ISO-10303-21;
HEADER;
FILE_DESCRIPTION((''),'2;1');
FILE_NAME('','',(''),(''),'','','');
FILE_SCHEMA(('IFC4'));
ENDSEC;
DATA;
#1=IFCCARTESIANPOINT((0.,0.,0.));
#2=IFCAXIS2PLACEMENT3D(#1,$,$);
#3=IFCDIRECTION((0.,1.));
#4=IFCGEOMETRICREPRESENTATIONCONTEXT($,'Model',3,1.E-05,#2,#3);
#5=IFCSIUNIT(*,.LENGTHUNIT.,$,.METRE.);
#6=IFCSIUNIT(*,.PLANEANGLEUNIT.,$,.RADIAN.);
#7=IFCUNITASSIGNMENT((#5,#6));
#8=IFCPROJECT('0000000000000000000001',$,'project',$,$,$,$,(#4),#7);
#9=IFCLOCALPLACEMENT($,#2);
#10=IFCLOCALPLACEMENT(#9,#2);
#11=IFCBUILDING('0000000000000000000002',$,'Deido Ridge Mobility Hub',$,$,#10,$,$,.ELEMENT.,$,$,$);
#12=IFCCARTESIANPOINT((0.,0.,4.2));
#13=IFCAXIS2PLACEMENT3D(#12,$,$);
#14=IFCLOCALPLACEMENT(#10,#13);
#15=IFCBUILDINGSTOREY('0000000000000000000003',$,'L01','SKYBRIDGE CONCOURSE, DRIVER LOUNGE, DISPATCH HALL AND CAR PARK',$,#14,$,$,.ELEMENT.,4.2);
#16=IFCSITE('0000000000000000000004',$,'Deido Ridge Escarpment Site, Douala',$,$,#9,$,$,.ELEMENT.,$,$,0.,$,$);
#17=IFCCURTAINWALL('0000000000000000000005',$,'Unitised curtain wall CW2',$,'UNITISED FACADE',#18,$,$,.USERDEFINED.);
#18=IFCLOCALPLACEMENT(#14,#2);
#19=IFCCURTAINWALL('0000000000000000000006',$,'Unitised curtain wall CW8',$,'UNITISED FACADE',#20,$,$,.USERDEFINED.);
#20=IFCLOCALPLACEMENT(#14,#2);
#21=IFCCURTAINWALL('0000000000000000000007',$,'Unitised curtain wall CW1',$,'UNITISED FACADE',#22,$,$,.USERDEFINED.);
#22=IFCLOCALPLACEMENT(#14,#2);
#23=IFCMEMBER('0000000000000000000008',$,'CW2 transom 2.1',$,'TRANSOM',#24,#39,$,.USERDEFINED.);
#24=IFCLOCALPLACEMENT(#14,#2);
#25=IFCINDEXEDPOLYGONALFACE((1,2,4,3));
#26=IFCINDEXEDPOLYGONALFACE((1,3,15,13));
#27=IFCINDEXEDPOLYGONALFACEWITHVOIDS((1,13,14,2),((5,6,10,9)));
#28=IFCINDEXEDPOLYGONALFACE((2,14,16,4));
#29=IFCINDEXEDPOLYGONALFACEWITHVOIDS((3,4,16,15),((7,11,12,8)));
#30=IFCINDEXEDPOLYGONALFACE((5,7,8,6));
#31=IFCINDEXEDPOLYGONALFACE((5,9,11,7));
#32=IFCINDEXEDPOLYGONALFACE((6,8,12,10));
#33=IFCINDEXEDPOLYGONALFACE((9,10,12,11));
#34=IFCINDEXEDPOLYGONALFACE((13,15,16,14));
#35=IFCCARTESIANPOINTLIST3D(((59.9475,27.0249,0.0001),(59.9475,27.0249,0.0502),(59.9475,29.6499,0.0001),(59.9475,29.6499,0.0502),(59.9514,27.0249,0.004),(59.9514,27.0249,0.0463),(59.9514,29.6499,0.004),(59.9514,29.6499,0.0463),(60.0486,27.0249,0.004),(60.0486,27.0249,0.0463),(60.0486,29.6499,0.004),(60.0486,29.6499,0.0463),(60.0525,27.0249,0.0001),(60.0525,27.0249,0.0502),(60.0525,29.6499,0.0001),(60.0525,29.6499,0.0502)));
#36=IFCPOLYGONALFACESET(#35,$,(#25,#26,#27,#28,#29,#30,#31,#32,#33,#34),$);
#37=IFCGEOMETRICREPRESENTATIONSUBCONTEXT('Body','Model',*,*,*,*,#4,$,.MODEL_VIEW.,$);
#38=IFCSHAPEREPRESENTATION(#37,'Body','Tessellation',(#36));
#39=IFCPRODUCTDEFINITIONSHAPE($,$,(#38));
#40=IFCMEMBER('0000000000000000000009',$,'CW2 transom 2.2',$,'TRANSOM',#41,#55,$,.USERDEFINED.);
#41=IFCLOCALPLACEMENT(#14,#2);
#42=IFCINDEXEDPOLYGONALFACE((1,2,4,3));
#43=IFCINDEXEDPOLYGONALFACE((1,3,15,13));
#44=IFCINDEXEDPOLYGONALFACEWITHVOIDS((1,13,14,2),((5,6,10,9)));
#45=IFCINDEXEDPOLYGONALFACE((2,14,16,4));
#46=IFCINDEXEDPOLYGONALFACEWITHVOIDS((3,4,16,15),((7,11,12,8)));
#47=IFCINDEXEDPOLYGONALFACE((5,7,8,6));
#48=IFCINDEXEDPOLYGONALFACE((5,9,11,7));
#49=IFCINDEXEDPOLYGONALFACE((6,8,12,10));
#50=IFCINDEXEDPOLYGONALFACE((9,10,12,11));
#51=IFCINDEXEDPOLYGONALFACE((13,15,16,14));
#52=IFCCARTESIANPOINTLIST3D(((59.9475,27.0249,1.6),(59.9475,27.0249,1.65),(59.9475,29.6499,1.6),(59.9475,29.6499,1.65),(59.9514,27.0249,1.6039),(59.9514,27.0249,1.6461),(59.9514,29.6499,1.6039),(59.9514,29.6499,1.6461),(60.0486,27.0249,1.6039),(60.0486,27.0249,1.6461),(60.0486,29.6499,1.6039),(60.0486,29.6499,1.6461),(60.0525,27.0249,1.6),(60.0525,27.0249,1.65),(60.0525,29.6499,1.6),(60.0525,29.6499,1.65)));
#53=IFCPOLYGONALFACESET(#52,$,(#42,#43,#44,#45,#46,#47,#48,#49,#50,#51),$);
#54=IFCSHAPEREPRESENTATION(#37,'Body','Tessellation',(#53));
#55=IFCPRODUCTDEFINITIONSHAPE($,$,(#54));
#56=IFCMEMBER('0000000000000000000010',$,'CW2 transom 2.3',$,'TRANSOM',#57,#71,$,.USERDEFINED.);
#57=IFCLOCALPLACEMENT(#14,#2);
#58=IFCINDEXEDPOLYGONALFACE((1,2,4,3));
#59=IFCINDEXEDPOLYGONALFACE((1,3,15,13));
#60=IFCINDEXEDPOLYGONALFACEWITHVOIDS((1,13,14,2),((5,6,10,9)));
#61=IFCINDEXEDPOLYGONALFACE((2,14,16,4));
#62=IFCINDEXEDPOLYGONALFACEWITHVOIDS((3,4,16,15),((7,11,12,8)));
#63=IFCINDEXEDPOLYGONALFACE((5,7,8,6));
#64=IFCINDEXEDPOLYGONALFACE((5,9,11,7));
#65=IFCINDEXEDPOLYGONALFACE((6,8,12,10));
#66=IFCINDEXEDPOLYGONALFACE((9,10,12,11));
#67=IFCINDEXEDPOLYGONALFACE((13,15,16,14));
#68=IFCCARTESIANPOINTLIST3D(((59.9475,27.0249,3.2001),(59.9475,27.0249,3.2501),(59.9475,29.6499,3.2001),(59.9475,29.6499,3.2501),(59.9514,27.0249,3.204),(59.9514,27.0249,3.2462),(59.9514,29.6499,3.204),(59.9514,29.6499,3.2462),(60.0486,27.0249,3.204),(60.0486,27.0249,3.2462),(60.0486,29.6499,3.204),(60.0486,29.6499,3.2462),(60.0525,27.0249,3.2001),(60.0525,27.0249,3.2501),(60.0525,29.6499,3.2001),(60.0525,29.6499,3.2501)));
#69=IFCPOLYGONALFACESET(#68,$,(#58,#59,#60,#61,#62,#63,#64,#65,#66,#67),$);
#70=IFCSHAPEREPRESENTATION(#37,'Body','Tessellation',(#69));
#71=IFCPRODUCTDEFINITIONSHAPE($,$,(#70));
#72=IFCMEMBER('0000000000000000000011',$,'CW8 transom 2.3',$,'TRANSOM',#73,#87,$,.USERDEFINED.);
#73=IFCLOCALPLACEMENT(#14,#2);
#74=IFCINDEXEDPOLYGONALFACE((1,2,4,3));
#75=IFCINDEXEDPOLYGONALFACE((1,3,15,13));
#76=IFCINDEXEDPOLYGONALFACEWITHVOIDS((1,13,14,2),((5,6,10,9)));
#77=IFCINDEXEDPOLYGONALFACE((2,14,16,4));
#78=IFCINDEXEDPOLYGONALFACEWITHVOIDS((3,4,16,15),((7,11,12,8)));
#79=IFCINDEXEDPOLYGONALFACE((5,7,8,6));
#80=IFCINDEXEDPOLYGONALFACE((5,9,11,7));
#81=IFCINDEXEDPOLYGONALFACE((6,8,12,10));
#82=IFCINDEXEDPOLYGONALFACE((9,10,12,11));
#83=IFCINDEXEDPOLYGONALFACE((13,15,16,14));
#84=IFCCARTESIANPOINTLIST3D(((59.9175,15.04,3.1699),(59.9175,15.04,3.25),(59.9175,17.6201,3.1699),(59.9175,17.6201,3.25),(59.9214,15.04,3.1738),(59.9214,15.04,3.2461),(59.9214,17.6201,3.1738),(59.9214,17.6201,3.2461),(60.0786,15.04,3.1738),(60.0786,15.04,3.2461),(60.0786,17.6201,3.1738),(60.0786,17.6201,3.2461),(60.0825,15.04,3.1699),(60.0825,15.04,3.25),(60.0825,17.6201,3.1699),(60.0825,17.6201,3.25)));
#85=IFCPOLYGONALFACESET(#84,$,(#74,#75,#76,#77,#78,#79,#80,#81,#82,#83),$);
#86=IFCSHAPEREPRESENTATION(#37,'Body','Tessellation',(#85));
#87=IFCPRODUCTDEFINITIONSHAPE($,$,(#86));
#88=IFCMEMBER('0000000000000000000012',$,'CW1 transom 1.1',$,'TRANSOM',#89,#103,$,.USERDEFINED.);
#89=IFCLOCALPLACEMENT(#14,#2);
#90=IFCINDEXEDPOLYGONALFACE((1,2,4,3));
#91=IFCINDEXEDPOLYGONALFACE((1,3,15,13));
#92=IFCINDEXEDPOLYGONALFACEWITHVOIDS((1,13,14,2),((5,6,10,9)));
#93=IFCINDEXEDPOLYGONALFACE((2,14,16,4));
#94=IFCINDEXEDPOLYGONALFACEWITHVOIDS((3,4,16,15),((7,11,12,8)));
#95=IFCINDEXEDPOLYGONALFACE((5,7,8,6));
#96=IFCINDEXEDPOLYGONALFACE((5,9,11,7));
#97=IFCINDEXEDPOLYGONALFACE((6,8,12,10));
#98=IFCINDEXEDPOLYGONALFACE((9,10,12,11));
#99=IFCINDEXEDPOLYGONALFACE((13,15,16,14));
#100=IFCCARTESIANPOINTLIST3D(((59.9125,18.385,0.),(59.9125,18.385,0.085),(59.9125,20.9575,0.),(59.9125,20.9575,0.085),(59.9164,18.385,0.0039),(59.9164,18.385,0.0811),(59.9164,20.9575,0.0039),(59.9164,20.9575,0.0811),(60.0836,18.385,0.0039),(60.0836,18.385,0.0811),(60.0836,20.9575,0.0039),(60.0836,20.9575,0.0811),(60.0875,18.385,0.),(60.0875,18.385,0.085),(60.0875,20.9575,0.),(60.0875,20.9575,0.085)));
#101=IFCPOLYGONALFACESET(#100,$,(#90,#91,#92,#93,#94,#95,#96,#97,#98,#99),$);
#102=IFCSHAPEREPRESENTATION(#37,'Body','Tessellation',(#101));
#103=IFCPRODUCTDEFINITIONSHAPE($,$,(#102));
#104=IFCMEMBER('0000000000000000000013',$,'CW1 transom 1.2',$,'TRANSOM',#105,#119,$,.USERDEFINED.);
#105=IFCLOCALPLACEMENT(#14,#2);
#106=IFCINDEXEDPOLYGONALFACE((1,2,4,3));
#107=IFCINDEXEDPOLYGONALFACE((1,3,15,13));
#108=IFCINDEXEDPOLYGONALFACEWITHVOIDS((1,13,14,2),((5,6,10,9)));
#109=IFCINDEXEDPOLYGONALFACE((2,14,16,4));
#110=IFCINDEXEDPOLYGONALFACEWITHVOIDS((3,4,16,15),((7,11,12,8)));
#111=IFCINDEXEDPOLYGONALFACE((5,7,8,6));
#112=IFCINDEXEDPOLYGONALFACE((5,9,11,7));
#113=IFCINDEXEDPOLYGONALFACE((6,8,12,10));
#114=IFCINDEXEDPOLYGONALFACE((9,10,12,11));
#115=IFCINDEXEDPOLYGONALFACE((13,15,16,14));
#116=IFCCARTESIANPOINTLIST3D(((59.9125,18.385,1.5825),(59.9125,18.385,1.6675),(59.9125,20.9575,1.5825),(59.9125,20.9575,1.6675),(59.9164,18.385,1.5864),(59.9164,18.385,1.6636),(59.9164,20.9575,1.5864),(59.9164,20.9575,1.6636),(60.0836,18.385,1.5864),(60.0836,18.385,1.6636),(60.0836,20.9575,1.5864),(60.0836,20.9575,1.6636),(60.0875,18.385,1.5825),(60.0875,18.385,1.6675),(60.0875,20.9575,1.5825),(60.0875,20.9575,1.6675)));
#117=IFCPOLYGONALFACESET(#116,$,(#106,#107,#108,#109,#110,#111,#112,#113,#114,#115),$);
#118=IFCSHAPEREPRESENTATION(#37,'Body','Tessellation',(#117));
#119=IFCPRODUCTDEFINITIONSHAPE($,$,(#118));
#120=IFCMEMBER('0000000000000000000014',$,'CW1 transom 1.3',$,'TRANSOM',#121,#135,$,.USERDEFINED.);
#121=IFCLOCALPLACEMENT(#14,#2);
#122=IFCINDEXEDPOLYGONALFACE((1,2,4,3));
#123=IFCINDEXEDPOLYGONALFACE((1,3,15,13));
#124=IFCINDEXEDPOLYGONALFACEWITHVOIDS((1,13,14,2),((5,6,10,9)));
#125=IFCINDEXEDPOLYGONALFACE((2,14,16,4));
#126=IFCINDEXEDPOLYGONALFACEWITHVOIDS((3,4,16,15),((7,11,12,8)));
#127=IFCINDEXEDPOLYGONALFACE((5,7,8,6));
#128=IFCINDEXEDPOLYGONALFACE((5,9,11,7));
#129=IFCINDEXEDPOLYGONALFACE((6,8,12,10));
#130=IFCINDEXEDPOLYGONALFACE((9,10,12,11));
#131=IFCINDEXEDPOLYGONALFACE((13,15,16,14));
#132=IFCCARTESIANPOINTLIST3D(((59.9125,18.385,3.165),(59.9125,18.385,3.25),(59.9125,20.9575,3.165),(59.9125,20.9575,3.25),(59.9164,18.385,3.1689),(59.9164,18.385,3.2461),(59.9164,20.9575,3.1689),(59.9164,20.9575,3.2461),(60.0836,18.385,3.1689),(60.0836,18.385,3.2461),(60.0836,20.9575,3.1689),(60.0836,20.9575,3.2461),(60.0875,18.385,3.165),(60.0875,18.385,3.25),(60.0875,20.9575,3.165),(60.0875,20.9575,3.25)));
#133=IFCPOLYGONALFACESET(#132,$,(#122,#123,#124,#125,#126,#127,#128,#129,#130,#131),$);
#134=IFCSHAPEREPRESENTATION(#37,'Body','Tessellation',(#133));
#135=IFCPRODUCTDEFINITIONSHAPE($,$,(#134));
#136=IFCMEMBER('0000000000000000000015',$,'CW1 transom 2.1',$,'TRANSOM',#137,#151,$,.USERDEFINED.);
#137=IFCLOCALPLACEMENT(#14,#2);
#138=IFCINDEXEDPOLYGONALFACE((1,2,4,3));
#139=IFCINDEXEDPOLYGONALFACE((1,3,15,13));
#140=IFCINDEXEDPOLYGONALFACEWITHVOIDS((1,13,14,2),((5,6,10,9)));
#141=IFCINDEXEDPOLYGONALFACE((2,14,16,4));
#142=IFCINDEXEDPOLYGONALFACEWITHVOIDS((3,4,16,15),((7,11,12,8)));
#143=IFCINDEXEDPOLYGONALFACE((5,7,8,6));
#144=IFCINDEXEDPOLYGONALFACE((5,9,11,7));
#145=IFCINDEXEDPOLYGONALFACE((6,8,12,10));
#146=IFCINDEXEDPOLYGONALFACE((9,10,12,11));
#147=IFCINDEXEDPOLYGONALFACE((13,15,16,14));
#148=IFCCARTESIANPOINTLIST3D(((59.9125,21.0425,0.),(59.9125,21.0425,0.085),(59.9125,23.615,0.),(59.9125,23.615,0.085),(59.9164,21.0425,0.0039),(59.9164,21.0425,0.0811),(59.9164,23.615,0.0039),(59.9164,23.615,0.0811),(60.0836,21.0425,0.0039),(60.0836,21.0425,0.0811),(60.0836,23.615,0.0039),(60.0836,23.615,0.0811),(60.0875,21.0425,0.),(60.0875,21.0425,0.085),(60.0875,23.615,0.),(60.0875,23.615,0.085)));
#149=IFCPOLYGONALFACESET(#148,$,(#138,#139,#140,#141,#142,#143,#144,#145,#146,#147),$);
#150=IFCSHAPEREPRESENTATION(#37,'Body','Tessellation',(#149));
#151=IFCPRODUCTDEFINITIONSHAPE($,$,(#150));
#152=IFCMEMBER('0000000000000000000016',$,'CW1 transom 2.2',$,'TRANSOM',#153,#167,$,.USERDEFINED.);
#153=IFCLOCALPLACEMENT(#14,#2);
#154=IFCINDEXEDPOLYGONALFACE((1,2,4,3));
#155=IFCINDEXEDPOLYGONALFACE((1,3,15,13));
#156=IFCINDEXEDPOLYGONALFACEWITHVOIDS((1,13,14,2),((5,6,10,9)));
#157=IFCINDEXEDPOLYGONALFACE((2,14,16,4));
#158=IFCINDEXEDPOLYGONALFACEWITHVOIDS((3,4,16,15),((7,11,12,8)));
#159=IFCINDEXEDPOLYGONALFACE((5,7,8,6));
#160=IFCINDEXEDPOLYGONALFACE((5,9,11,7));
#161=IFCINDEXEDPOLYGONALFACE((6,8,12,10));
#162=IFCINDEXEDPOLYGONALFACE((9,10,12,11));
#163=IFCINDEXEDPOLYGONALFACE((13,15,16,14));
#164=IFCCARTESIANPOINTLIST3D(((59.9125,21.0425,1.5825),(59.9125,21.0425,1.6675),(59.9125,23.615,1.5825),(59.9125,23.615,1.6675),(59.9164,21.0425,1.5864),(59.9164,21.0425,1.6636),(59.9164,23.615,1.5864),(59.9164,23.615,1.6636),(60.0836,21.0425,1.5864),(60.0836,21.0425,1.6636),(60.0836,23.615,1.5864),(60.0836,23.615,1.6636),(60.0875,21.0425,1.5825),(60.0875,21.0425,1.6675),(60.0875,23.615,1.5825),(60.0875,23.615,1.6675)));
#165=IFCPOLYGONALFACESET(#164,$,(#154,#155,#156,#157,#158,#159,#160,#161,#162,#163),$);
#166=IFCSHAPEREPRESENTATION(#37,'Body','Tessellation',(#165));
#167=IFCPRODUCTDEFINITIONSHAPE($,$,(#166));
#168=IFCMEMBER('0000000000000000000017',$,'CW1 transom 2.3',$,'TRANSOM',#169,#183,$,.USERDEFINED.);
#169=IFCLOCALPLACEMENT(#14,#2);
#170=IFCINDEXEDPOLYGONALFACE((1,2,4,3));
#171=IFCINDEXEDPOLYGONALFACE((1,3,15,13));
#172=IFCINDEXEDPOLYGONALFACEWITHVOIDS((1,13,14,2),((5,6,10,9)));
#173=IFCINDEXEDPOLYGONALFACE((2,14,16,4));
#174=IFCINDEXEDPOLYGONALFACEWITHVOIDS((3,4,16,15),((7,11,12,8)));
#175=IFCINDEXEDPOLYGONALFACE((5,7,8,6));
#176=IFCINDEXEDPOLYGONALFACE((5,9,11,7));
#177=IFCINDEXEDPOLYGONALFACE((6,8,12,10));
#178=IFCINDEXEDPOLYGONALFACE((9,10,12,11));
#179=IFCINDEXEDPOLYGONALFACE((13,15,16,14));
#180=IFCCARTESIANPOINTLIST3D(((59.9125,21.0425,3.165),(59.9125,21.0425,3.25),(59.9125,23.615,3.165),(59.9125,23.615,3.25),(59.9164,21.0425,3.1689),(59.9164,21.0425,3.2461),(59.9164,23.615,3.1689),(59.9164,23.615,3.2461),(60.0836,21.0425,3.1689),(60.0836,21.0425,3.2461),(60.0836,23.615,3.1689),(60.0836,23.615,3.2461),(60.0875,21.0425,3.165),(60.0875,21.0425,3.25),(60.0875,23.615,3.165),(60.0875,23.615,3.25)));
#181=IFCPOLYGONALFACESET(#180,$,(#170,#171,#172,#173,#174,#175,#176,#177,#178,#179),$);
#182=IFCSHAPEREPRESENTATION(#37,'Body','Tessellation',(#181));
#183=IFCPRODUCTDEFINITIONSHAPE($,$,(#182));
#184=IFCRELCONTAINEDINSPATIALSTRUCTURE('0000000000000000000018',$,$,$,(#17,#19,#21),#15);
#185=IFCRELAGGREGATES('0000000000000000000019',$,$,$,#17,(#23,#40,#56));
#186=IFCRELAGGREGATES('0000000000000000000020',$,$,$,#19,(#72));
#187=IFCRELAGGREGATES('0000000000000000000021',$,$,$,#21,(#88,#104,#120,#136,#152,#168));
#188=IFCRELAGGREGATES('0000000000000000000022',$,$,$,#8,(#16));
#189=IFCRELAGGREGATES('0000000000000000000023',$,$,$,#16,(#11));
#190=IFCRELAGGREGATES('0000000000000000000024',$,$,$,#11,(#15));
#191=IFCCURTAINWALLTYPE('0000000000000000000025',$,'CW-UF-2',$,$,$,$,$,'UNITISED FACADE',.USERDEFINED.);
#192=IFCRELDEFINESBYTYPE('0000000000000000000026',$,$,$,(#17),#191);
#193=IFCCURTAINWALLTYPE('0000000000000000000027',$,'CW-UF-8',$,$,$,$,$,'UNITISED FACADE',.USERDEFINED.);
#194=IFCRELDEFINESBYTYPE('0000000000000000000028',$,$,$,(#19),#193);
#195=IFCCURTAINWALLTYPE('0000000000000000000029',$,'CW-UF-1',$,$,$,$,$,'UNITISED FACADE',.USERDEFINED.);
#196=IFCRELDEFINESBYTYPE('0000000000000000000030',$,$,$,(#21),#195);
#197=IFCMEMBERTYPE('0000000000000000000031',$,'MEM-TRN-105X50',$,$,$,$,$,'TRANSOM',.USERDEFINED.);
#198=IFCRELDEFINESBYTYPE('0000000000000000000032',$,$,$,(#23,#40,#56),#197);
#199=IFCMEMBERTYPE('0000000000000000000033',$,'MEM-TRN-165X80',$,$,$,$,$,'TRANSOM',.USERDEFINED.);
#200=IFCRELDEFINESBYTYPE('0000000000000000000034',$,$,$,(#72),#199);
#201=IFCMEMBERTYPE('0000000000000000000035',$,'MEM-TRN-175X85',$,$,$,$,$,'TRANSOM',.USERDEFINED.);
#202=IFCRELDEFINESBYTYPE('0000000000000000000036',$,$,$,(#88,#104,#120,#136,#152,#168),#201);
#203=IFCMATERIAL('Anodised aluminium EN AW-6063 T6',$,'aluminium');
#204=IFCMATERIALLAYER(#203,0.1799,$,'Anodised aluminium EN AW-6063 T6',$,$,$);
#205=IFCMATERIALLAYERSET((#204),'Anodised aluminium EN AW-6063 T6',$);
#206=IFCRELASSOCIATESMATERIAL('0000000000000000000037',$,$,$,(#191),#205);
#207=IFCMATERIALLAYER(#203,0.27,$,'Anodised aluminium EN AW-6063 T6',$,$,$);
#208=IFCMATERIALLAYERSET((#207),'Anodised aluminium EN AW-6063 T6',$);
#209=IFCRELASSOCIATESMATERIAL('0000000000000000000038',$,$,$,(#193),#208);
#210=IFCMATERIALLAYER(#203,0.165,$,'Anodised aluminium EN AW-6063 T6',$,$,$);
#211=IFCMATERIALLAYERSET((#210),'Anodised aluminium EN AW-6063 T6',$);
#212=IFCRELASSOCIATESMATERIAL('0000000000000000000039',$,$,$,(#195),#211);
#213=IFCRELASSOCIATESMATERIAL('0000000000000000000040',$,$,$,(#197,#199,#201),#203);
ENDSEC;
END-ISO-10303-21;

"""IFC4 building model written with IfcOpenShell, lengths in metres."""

from ifc_helpers import new_model, si_unit, direction, frame, origin, origin_2d, place, context, subcontext, project, spatial, hollow_rectangle, extrude, material, layer, layer_set, material_profile, profile_set, type_object, element, aggregate, save


model = new_model("IFC4")

# Units and contexts
model_context = context("Model", 3, precision=1e-05, world=origin(), true_north=direction((0.0, 1.0)))
body_context = subcontext(model_context, "Body", "Model", "MODEL_VIEW")
ifc_project = project(units=[si_unit("LENGTHUNIT", "METRE"), si_unit("PLANEANGLEUNIT", "RADIAN")], contexts=[model_context])

# Site, building, storey
site_placement = place(None, origin())
site = spatial("IfcSite", under=ifc_project, at=site_placement, Name="Deido Ridge Escarpment Site, Douala", CompositionType="ELEMENT", RefElevation=0.0)
building_placement = place(site_placement, origin())
building = spatial("IfcBuilding", under=site, at=building_placement, Name="Deido Ridge Mobility Hub", CompositionType="ELEMENT")
storey_placement = place(building_placement, frame((0.0, 0.0, 4.2)))
storey = spatial("IfcBuildingStorey", under=building, at=storey_placement, Name="L01", Description="SKYBRIDGE CONCOURSE, DRIVER LOUNGE, DISPATCH HALL AND CAR PARK", CompositionType="ELEMENT", Elevation=4.2)

# Curtain wall
ifc_material_1 = material(Name="Anodised aluminium EN AW-6063 T6", Category="aluminium")
ifc_layer_1 = layer(ifc_material_1, 0.1799, Name="Anodised aluminium EN AW-6063 T6")
ifc_layer_set_1 = layer_set([ifc_layer_1], Name="Anodised aluminium EN AW-6063 T6")
curtain_wall_type_1 = type_object("IfcCurtainWallType", Name="CW-UF-2", ElementType="UNITISED FACADE", PredefinedType="USERDEFINED", material=ifc_layer_set_1)
curtain_wall_1_placement = place(storey_placement, origin())
curtain_wall_1 = element("IfcCurtainWall", 1, at=curtain_wall_1_placement, inside=storey, type_object=curtain_wall_type_1, Name="Unitised curtain wall CW2", ObjectType="UNITISED FACADE", PredefinedType="USERDEFINED")

# Curtain wall
ifc_layer_2 = layer(ifc_material_1, 0.27, Name="Anodised aluminium EN AW-6063 T6")
ifc_layer_set_2 = layer_set([ifc_layer_2], Name="Anodised aluminium EN AW-6063 T6")
curtain_wall_type_2 = type_object("IfcCurtainWallType", Name="CW-UF-8", ElementType="UNITISED FACADE", PredefinedType="USERDEFINED", material=ifc_layer_set_2)
curtain_wall_2_placement = place(storey_placement, origin())
curtain_wall_2 = element("IfcCurtainWall", 2, at=curtain_wall_2_placement, inside=storey, type_object=curtain_wall_type_2, Name="Unitised curtain wall CW8", ObjectType="UNITISED FACADE", PredefinedType="USERDEFINED")

# Curtain wall
ifc_layer_3 = layer(ifc_material_1, 0.165, Name="Anodised aluminium EN AW-6063 T6")
ifc_layer_set_3 = layer_set([ifc_layer_3], Name="Anodised aluminium EN AW-6063 T6")
curtain_wall_type_3 = type_object("IfcCurtainWallType", Name="CW-UF-1", ElementType="UNITISED FACADE", PredefinedType="USERDEFINED", material=ifc_layer_set_3)
curtain_wall_3_placement = place(storey_placement, origin())
curtain_wall_3 = element("IfcCurtainWall", 3, at=curtain_wall_3_placement, inside=storey, type_object=curtain_wall_type_3, Name="Unitised curtain wall CW1", ObjectType="UNITISED FACADE", PredefinedType="USERDEFINED")

# Members
ifc_material_profile_1 = material_profile(ifc_material_1, hollow_rectangle(XDim=0.105, YDim=0.05, WallThickness=0.0039, at=origin_2d()), Name="RHS 105x50x4")
ifc_profile_set_1 = profile_set([ifc_material_profile_1], Name="Anodised aluminium EN AW-6063 T6")
member_type_1 = type_object("IfcMemberType", Name="MEM-TRN-105X50", ElementType="TRANSOM", PredefinedType="USERDEFINED", material=ifc_profile_set_1)
member_1_placement = place(storey_placement, frame((60.0, 27.0249, 0.0251), z_axis=(0.0, 1.0, 0.0), x_axis=(-1.0, 0.0, 0.0)))
member_1 = element("IfcMember", 4, at=member_1_placement, type_object=member_type_1, Name="CW2 transom 2.1", ObjectType="TRANSOM", PredefinedType="USERDEFINED", context=body_context, shape_type="SweptSolid", body=[
    extrude(hollow_rectangle(XDim=0.105, YDim=0.05, WallThickness=0.0039, at=origin_2d()), origin(), (0.0, 0.0, 1.0), 2.625),
])
member_2_placement = place(storey_placement, frame((60.0, 27.0249, 1.625), z_axis=(0.0, 1.0, 0.0), x_axis=(-1.0, 0.0, 0.0)))
member_2 = element("IfcMember", 5, at=member_2_placement, type_object=member_type_1, Name="CW2 transom 2.2", ObjectType="TRANSOM", PredefinedType="USERDEFINED", context=body_context, shape_type="SweptSolid", body=[
    extrude(hollow_rectangle(XDim=0.105, YDim=0.05, WallThickness=0.0039, at=origin_2d()), origin(), (0.0, 0.0, 1.0), 2.625),
])
member_3_placement = place(storey_placement, frame((60.0, 27.0249, 3.2251), z_axis=(0.0, 1.0, 0.0), x_axis=(-1.0, 0.0, 0.0)))
member_3 = element("IfcMember", 6, at=member_3_placement, type_object=member_type_1, Name="CW2 transom 2.3", ObjectType="TRANSOM", PredefinedType="USERDEFINED", context=body_context, shape_type="SweptSolid", body=[
    extrude(hollow_rectangle(XDim=0.105, YDim=0.05, WallThickness=0.0039, at=origin_2d()), origin(), (0.0, 0.0, 1.0), 2.625),
])
ifc_material_profile_2 = material_profile(ifc_material_1, hollow_rectangle(XDim=0.165, YDim=0.0801, WallThickness=0.0039, at=origin_2d()), Name="RHS 165x80x4")
ifc_profile_set_2 = profile_set([ifc_material_profile_2], Name="Anodised aluminium EN AW-6063 T6")
member_type_2 = type_object("IfcMemberType", Name="MEM-TRN-165X80", ElementType="TRANSOM", PredefinedType="USERDEFINED", material=ifc_profile_set_2)
member_4_placement = place(storey_placement, frame((60.0, 15.04, 3.21), z_axis=(0.0, 1.0, 0.0), x_axis=(-1.0, 0.0, 0.0)))
member_4 = element("IfcMember", 7, at=member_4_placement, type_object=member_type_2, Name="CW8 transom 2.3", ObjectType="TRANSOM", PredefinedType="USERDEFINED", context=body_context, shape_type="SweptSolid", body=[
    extrude(hollow_rectangle(XDim=0.165, YDim=0.0801, WallThickness=0.0039, at=origin_2d()), origin(), (0.0, 0.0, 1.0), 2.5801),
])
ifc_material_profile_3 = material_profile(ifc_material_1, hollow_rectangle(XDim=0.175, YDim=0.085, WallThickness=0.0039, at=origin_2d()), Name="RHS 175x85x4")
ifc_profile_set_3 = profile_set([ifc_material_profile_3], Name="Anodised aluminium EN AW-6063 T6")
member_type_3 = type_object("IfcMemberType", Name="MEM-TRN-175X85", ElementType="TRANSOM", PredefinedType="USERDEFINED", material=ifc_profile_set_3)
member_5_placement = place(storey_placement, frame((60.0, 18.385, 0.0425), z_axis=(0.0, 1.0, 0.0), x_axis=(-1.0, 0.0, 0.0)))
member_5 = element("IfcMember", 8, at=member_5_placement, type_object=member_type_3, Name="CW1 transom 1.1", ObjectType="TRANSOM", PredefinedType="USERDEFINED", context=body_context, shape_type="SweptSolid", body=[
    extrude(hollow_rectangle(XDim=0.175, YDim=0.085, WallThickness=0.0039, at=origin_2d()), origin(), (0.0, 0.0, 1.0), 2.5725),
])
member_6_placement = place(storey_placement, frame((60.0, 18.385, 1.625), z_axis=(0.0, 1.0, 0.0), x_axis=(-1.0, 0.0, 0.0)))
member_6 = element("IfcMember", 9, at=member_6_placement, type_object=member_type_3, Name="CW1 transom 1.2", ObjectType="TRANSOM", PredefinedType="USERDEFINED", context=body_context, shape_type="SweptSolid", body=[
    extrude(hollow_rectangle(XDim=0.175, YDim=0.085, WallThickness=0.0039, at=origin_2d()), origin(), (0.0, 0.0, 1.0), 2.5725),
])
member_7_placement = place(storey_placement, frame((60.0, 18.385, 3.2075), z_axis=(0.0, 1.0, 0.0), x_axis=(-1.0, 0.0, 0.0)))
member_7 = element("IfcMember", 10, at=member_7_placement, type_object=member_type_3, Name="CW1 transom 1.3", ObjectType="TRANSOM", PredefinedType="USERDEFINED", context=body_context, shape_type="SweptSolid", body=[
    extrude(hollow_rectangle(XDim=0.175, YDim=0.085, WallThickness=0.0039, at=origin_2d()), origin(), (0.0, 0.0, 1.0), 2.5725),
])
member_8_placement = place(storey_placement, frame((60.0, 21.0425, 0.0425), z_axis=(0.0, 1.0, 0.0), x_axis=(-1.0, 0.0, 0.0)))
member_8 = element("IfcMember", 11, at=member_8_placement, type_object=member_type_3, Name="CW1 transom 2.1", ObjectType="TRANSOM", PredefinedType="USERDEFINED", context=body_context, shape_type="SweptSolid", body=[
    extrude(hollow_rectangle(XDim=0.175, YDim=0.085, WallThickness=0.0039, at=origin_2d()), origin(), (0.0, 0.0, 1.0), 2.5725),
])
member_9_placement = place(storey_placement, frame((60.0, 21.0425, 1.625), z_axis=(0.0, 1.0, 0.0), x_axis=(-1.0, 0.0, 0.0)))
member_9 = element("IfcMember", 12, at=member_9_placement, type_object=member_type_3, Name="CW1 transom 2.2", ObjectType="TRANSOM", PredefinedType="USERDEFINED", context=body_context, shape_type="SweptSolid", body=[
    extrude(hollow_rectangle(XDim=0.175, YDim=0.085, WallThickness=0.0039, at=origin_2d()), origin(), (0.0, 0.0, 1.0), 2.5725),
])
member_10_placement = place(storey_placement, frame((60.0, 21.0425, 3.2075), z_axis=(0.0, 1.0, 0.0), x_axis=(-1.0, 0.0, 0.0)))
member_10 = element("IfcMember", 13, at=member_10_placement, type_object=member_type_3, Name="CW1 transom 2.3", ObjectType="TRANSOM", PredefinedType="USERDEFINED", context=body_context, shape_type="SweptSolid", body=[
    extrude(hollow_rectangle(XDim=0.175, YDim=0.085, WallThickness=0.0039, at=origin_2d()), origin(), (0.0, 0.0, 1.0), 2.5725),
])

aggregate(curtain_wall_1, [member_1, member_2, member_3])
aggregate(curtain_wall_2, [member_4])
aggregate(curtain_wall_3, [member_5, member_6, member_7, member_8, member_9, member_10])

save(model, "model.ifc")
